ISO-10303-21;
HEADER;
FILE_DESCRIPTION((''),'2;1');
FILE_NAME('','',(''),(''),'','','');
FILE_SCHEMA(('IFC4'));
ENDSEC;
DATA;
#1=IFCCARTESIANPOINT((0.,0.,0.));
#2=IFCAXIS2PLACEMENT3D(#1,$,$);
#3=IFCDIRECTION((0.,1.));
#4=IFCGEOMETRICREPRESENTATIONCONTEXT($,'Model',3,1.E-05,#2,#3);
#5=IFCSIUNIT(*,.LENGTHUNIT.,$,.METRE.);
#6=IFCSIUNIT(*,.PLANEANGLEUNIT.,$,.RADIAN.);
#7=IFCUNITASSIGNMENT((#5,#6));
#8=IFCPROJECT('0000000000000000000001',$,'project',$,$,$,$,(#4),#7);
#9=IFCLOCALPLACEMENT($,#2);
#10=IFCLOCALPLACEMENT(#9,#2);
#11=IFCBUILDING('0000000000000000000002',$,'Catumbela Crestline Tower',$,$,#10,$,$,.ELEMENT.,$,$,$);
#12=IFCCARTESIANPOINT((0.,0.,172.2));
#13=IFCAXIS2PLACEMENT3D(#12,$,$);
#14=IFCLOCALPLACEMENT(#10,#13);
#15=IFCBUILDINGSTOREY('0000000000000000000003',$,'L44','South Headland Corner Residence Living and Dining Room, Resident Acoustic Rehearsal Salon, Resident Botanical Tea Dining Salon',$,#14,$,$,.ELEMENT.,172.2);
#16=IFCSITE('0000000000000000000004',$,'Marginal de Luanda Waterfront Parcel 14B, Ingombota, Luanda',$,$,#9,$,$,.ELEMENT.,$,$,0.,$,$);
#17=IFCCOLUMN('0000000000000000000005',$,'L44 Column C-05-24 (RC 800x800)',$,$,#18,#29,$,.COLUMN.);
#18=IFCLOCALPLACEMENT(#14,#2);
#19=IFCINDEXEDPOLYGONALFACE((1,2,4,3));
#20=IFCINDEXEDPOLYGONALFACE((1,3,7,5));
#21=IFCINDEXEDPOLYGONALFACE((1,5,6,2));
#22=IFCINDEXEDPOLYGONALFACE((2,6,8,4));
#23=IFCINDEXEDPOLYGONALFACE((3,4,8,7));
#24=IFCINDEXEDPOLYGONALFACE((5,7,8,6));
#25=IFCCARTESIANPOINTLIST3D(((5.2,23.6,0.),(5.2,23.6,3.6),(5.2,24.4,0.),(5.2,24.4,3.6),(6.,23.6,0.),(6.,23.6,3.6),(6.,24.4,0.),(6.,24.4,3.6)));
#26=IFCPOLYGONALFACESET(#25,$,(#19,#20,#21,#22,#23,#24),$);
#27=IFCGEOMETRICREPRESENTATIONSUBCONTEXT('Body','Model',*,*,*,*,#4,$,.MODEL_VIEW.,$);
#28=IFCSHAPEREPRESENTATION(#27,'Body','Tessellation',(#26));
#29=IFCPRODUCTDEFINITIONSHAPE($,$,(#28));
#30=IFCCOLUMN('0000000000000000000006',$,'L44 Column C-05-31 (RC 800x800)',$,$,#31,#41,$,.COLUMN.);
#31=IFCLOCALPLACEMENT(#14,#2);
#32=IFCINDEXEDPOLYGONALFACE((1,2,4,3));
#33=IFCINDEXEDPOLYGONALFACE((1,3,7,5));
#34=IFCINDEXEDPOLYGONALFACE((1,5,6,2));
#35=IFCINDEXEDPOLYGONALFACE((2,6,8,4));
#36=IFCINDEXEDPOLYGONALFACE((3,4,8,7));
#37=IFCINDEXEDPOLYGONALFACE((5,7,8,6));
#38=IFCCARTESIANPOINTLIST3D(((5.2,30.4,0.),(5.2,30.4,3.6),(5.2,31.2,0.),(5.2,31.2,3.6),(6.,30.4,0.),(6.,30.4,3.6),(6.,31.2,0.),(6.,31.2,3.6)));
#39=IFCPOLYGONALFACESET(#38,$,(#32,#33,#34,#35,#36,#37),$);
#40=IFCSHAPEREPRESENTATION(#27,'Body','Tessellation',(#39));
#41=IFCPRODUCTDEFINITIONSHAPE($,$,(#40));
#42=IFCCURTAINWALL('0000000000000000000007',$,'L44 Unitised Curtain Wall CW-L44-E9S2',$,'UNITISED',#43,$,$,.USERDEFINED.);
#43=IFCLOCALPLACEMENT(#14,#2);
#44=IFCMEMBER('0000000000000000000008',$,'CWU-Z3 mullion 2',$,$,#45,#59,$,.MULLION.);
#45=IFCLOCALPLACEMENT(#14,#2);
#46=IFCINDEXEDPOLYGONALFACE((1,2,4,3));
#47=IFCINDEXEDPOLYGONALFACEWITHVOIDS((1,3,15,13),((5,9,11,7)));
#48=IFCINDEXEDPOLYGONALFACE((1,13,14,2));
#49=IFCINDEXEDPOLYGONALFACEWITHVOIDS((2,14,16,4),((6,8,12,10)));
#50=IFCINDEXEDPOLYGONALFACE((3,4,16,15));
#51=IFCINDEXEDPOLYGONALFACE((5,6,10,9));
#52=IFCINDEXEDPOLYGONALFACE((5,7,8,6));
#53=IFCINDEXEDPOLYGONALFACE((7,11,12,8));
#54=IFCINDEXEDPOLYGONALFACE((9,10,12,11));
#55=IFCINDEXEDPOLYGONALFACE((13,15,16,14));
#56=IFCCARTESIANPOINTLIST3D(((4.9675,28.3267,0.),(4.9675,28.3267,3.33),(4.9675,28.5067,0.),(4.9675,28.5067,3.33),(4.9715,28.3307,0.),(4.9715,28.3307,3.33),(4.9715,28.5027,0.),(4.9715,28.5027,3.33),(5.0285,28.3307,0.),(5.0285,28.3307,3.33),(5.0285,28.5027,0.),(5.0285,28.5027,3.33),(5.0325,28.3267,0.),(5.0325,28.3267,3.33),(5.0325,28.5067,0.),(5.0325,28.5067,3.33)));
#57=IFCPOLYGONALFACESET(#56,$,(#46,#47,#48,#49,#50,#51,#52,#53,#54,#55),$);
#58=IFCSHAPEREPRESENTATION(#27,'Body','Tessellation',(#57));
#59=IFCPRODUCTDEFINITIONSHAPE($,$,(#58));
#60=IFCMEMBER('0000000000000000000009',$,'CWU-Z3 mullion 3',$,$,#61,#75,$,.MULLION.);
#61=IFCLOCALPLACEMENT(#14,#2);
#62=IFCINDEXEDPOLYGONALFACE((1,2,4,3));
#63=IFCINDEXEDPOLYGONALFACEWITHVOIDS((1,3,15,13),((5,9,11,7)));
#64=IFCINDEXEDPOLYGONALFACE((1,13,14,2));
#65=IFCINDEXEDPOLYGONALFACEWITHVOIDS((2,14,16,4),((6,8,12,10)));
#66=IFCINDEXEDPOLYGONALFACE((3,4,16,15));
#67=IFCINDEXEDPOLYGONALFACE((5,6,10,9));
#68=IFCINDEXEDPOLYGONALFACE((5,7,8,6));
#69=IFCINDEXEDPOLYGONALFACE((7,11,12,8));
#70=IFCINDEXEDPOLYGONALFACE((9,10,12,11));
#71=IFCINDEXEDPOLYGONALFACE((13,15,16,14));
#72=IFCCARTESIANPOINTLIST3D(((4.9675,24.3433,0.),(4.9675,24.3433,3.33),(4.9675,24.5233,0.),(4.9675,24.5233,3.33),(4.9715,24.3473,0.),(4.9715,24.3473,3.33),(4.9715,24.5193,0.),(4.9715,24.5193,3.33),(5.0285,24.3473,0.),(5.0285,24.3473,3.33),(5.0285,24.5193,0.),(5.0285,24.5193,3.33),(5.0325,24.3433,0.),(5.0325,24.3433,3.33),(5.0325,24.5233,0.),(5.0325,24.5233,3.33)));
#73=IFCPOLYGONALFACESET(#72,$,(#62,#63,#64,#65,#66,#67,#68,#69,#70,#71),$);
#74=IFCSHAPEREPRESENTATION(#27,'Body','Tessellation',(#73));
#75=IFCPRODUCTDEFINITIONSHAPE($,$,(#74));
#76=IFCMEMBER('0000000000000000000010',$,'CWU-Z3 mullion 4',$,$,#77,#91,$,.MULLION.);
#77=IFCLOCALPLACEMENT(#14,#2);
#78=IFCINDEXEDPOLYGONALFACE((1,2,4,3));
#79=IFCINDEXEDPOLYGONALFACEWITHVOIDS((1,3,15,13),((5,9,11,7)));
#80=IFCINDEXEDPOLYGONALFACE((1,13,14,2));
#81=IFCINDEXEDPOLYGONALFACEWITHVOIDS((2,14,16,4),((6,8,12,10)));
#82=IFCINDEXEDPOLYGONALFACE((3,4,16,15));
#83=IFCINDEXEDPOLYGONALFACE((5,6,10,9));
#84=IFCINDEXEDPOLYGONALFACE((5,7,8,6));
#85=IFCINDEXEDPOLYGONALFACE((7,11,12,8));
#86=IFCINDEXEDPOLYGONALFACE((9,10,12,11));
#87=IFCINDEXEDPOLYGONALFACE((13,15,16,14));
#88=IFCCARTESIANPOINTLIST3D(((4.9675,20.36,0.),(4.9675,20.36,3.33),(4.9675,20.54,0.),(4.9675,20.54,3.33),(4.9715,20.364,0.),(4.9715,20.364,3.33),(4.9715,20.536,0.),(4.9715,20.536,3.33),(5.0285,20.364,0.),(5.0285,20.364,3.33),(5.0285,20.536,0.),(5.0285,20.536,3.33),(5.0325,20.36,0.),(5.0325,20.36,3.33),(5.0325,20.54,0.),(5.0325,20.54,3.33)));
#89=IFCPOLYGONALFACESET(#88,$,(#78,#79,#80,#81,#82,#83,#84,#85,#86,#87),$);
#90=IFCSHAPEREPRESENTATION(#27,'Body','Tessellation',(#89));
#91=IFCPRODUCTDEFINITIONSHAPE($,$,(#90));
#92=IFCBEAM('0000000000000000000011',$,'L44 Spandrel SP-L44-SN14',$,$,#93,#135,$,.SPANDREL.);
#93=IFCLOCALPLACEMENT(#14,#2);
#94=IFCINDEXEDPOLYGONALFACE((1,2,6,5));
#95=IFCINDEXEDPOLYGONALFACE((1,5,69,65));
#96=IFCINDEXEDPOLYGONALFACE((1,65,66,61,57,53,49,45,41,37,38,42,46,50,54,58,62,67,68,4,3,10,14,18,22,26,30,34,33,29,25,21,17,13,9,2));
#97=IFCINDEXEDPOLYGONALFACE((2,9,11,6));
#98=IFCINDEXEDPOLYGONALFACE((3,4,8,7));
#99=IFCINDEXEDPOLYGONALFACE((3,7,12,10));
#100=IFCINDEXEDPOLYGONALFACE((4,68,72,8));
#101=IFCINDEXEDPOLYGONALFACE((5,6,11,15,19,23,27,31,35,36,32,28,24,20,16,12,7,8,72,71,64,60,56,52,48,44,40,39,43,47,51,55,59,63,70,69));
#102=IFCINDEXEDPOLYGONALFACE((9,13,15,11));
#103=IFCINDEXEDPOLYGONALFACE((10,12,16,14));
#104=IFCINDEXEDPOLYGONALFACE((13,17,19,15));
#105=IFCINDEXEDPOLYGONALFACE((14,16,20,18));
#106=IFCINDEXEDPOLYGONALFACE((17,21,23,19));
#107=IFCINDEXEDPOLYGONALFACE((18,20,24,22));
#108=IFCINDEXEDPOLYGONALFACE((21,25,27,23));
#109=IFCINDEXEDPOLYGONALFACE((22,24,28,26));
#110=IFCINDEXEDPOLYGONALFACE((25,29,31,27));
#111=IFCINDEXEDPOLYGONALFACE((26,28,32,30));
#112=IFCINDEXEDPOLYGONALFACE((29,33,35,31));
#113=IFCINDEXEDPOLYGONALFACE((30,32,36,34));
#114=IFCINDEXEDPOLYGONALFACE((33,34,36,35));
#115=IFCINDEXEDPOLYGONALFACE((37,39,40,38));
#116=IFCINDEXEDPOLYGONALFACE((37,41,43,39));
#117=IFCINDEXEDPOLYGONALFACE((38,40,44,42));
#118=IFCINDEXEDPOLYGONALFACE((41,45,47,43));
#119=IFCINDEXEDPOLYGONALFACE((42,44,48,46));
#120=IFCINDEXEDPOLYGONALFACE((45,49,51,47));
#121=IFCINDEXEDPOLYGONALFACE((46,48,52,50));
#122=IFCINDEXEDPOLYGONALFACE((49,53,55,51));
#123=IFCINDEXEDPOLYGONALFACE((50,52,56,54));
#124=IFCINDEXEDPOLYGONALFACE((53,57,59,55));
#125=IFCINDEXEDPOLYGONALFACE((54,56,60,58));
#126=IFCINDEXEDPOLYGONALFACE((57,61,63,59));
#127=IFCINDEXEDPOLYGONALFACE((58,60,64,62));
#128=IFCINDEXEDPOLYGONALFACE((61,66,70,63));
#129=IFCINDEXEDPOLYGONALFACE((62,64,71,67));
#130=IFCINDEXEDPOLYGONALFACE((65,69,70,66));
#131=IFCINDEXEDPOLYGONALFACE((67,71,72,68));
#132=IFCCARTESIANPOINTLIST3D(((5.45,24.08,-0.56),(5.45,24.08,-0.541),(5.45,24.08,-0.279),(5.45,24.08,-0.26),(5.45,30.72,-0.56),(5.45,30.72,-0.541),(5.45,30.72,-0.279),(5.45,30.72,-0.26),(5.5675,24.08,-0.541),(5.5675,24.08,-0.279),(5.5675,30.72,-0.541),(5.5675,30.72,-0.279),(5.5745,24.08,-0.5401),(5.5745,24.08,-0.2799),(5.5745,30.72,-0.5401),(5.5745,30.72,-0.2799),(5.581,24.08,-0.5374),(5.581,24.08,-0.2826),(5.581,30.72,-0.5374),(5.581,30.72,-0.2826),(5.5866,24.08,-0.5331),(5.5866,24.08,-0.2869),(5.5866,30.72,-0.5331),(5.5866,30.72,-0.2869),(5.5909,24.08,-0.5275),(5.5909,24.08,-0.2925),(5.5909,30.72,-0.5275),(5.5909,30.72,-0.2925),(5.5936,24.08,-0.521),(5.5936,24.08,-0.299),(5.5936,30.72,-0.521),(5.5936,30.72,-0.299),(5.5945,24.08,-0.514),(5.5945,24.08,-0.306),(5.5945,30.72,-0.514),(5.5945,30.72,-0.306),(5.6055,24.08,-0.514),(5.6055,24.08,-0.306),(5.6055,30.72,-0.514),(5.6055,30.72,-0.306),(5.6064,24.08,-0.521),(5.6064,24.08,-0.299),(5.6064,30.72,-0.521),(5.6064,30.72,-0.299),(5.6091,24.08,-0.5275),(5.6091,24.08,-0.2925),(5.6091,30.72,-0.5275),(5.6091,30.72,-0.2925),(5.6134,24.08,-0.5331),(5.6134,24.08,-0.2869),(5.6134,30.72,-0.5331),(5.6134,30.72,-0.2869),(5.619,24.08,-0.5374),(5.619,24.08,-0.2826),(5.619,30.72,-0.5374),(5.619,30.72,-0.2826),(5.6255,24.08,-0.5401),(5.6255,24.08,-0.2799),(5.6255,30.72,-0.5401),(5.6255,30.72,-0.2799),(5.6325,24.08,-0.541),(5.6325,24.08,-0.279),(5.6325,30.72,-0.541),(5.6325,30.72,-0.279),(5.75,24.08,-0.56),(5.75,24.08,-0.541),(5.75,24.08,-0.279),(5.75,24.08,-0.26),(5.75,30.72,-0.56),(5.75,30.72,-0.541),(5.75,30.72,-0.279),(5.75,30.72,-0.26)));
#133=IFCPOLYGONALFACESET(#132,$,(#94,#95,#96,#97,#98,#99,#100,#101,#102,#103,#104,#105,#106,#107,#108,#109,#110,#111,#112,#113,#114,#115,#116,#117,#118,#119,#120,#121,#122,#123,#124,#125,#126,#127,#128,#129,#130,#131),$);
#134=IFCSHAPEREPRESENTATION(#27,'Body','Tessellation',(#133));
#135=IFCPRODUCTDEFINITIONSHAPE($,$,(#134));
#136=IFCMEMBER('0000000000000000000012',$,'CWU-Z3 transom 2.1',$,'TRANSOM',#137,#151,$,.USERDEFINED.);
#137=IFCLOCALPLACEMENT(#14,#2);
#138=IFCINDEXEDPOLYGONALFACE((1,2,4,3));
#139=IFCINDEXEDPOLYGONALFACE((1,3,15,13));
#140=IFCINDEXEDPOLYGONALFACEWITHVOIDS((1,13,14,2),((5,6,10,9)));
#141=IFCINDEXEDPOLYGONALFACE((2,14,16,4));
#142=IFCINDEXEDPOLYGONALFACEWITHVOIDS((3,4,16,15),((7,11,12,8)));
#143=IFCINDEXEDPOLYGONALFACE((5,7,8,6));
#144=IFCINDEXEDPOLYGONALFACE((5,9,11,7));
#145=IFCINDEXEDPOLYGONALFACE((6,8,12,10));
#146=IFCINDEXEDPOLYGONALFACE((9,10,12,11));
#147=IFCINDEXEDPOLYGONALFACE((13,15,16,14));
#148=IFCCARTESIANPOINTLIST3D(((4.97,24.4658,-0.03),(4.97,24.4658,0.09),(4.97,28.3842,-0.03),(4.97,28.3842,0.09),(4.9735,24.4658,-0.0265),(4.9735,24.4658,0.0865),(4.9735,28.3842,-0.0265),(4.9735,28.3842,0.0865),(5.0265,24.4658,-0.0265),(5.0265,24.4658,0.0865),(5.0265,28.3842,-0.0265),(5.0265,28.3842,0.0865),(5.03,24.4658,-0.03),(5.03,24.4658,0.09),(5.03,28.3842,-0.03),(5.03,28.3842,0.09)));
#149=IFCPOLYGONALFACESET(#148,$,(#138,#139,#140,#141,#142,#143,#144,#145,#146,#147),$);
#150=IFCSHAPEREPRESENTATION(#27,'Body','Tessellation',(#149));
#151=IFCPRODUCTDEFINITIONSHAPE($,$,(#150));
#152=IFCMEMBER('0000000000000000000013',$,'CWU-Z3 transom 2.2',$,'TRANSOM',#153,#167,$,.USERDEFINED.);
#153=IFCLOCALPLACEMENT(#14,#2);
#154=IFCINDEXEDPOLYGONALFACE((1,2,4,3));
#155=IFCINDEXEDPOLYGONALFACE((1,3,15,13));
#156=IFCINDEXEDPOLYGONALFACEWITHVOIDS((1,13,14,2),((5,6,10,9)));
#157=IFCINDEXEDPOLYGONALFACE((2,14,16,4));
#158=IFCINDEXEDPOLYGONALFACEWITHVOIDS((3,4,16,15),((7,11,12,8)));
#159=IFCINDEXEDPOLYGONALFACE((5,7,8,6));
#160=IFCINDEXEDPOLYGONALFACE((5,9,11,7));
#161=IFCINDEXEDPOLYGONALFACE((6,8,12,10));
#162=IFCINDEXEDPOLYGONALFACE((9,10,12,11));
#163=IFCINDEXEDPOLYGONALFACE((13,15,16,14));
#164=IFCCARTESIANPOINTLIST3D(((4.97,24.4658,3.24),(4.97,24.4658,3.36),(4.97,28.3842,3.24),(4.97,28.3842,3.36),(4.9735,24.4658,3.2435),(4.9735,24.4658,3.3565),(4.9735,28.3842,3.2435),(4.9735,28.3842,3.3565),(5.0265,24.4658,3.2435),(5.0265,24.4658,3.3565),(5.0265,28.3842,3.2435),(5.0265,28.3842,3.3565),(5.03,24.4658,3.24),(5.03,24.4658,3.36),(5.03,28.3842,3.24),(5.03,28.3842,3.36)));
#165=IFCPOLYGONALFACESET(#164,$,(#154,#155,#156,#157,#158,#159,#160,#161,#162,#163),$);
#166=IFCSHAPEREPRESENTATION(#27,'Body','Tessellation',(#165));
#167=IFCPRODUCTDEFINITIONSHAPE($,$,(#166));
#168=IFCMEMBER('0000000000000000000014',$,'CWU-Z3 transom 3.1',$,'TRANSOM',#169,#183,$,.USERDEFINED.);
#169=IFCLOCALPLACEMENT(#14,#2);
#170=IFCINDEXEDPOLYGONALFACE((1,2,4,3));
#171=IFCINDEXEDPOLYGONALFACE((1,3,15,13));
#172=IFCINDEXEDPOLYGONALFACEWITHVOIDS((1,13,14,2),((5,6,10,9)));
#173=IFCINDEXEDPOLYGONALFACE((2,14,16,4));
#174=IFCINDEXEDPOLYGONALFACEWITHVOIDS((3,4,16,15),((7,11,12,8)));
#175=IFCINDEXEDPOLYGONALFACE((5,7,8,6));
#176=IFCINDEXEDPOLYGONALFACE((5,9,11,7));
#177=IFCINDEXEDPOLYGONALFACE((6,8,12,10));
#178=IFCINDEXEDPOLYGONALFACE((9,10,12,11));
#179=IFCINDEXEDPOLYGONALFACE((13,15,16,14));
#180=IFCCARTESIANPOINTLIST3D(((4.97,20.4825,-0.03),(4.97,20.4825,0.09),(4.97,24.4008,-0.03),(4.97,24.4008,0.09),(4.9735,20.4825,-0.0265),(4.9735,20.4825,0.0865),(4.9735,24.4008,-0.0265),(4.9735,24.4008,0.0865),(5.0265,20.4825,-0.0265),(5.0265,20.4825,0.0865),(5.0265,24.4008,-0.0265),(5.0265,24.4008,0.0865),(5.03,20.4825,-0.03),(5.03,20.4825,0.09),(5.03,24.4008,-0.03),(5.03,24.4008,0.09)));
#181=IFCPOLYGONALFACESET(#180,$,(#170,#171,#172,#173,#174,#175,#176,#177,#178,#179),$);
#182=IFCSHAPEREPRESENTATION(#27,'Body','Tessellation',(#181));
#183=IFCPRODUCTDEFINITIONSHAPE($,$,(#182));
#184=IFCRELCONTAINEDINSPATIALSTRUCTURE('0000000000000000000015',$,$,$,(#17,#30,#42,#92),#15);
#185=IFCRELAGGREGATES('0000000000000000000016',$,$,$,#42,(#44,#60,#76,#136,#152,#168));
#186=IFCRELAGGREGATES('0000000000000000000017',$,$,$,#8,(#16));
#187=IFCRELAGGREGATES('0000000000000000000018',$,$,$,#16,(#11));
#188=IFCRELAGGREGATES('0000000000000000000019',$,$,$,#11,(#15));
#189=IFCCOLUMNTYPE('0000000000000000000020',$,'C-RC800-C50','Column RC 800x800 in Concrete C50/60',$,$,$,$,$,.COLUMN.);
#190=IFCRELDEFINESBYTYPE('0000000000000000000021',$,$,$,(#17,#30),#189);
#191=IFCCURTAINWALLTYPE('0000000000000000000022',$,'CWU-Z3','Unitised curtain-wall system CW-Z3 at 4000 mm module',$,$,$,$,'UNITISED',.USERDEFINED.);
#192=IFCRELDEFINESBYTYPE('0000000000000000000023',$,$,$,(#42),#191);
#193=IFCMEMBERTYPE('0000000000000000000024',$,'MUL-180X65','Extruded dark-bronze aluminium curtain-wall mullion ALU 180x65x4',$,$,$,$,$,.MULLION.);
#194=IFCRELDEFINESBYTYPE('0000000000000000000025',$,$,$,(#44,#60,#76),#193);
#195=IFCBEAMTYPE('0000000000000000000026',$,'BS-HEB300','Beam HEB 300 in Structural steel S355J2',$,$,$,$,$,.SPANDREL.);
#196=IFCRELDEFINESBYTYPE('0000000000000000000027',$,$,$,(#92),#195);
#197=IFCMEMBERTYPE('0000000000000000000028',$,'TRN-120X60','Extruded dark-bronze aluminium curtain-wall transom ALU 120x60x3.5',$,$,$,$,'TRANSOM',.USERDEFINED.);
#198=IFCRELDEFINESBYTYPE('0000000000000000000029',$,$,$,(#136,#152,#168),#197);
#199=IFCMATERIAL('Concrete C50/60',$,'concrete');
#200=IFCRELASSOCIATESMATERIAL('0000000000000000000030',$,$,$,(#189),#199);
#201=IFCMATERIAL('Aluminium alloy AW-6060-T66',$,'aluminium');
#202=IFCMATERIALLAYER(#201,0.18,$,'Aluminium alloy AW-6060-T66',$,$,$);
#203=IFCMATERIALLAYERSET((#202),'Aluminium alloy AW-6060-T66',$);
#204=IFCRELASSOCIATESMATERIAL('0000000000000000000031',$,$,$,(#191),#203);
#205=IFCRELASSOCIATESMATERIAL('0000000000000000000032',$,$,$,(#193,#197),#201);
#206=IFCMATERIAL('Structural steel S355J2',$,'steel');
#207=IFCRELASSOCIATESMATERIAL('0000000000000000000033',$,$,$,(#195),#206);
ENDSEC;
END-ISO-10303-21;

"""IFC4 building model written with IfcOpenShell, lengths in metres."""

from ifc_helpers import new_model, si_unit, direction, frame, origin, origin_2d, place, context, subcontext, project, spatial, rectangle, hollow_rectangle, i_section, extrude, material, layer, layer_set, material_profile, profile_set, type_object, element, aggregate, save


model = new_model("IFC4")

# Units and contexts
model_context = context("Model", 3, precision=1e-05, world=origin(), true_north=direction((0.0, 1.0)))
body_context = subcontext(model_context, "Body", "Model", "MODEL_VIEW")
ifc_project = project(units=[si_unit("LENGTHUNIT", "METRE"), si_unit("PLANEANGLEUNIT", "RADIAN")], contexts=[model_context])

# Site, building, storey
site_placement = place(None, origin())
site = spatial("IfcSite", under=ifc_project, at=site_placement, Name="Marginal de Luanda Waterfront Parcel 14B, Ingombota, Luanda", CompositionType="ELEMENT", RefElevation=0.0)
building_placement = place(site_placement, origin())
building = spatial("IfcBuilding", under=site, at=building_placement, Name="Catumbela Crestline Tower", CompositionType="ELEMENT")
storey_placement = place(building_placement, frame((0.0, 0.0, 172.2)))
storey = spatial("IfcBuildingStorey", under=building, at=storey_placement, Name="L44", Description="South Headland Corner Residence Living and Dining Room, Resident Acoustic Rehearsal Salon, Resident Botanical Tea Dining Salon", CompositionType="ELEMENT", Elevation=172.2)

# Columns
ifc_material_1 = material(Name="Concrete C50/60", Category="concrete")
ifc_material_profile_1 = material_profile(ifc_material_1, rectangle(XDim=0.8, YDim=0.8, at=origin_2d()), Name="RC 800x800")
ifc_profile_set_1 = profile_set([ifc_material_profile_1], Name="Concrete C50/60")
column_type = type_object("IfcColumnType", Name="C-RC800-C50", Description="Column RC 800x800 in Concrete C50/60", PredefinedType="COLUMN", material=ifc_profile_set_1)
for number, where, z_axis, x_axis, name in (
    (1, (5.6, 24.0, 0.0), (0.0, 0.0, 1.0), (1.0, 0.0, 0.0), "L44 Column C-05-24 (RC 800x800)"),
    (2, (5.6, 30.8, 0.0), (0.0, 0.0, 1.0), (1.0, 0.0, 0.0), "L44 Column C-05-31 (RC 800x800)"),
):
    element("IfcColumn", number, at=place(storey_placement, frame(where, z_axis=z_axis, x_axis=x_axis)), inside=storey, type_object=column_type, Name=name, PredefinedType="COLUMN", context=body_context, shape_type="SweptSolid", body=[
        extrude(rectangle(XDim=0.8, YDim=0.8, at=origin_2d()), origin(), (0.0, 0.0, 1.0), 3.6),
    ])

# Curtain wall, members
ifc_material_2 = material(Name="Aluminium alloy AW-6060-T66", Category="aluminium")
ifc_layer_1 = layer(ifc_material_2, 0.18, Name="Aluminium alloy AW-6060-T66")
ifc_layer_set_1 = layer_set([ifc_layer_1], Name="Aluminium alloy AW-6060-T66")
curtain_wall_type = type_object("IfcCurtainWallType", Name="CWU-Z3", Description="Unitised curtain-wall system CW-Z3 at 4000 mm module", ElementType="UNITISED", PredefinedType="USERDEFINED", material=ifc_layer_set_1)
curtain_wall_placement = place(storey_placement, origin())
curtain_wall = element("IfcCurtainWall", 3, at=curtain_wall_placement, inside=storey, type_object=curtain_wall_type, Name="L44 Unitised Curtain Wall CW-L44-E9S2", ObjectType="UNITISED", PredefinedType="USERDEFINED")
ifc_material_profile_2 = material_profile(ifc_material_2, hollow_rectangle(XDim=0.065, YDim=0.18, WallThickness=0.004, at=origin_2d()), Name="ALU 180x65x4")
ifc_profile_set_2 = profile_set([ifc_material_profile_2], Name="Aluminium alloy AW-6060-T66")
member_type_1 = type_object("IfcMemberType", Name="MUL-180X65", Description="Extruded dark-bronze aluminium curtain-wall mullion ALU 180x65x4", PredefinedType="MULLION", material=ifc_profile_set_2)
member_1_placement = place(storey_placement, frame((5.0, 28.4167, 0.0), z_axis=(0.0, 0.0, 1.0), x_axis=(1.0, 0.0, 0.0)))
member_1 = element("IfcMember", 4, at=member_1_placement, type_object=member_type_1, Name="CWU-Z3 mullion 2", PredefinedType="MULLION", context=body_context, shape_type="SweptSolid", body=[
    extrude(hollow_rectangle(XDim=0.065, YDim=0.18, WallThickness=0.004, at=origin_2d()), origin(), (0.0, 0.0, 1.0), 3.33),
])
member_2_placement = place(storey_placement, frame((5.0, 24.4333, 0.0), z_axis=(0.0, 0.0, 1.0), x_axis=(1.0, 0.0, 0.0)))
member_2 = element("IfcMember", 5, at=member_2_placement, type_object=member_type_1, Name="CWU-Z3 mullion 3", PredefinedType="MULLION", context=body_context, shape_type="SweptSolid", body=[
    extrude(hollow_rectangle(XDim=0.065, YDim=0.18, WallThickness=0.004, at=origin_2d()), origin(), (0.0, 0.0, 1.0), 3.33),
])
member_3_placement = place(storey_placement, frame((5.0, 20.45, 0.0), z_axis=(0.0, 0.0, 1.0), x_axis=(1.0, 0.0, 0.0)))
member_3 = element("IfcMember", 6, at=member_3_placement, type_object=member_type_1, Name="CWU-Z3 mullion 4", PredefinedType="MULLION", context=body_context, shape_type="SweptSolid", body=[
    extrude(hollow_rectangle(XDim=0.065, YDim=0.18, WallThickness=0.004, at=origin_2d()), origin(), (0.0, 0.0, 1.0), 3.33),
])

# Beam
ifc_material_3 = material(Name="Structural steel S355J2", Category="steel")
ifc_material_profile_3 = material_profile(ifc_material_3, i_section(OverallWidth=0.3, OverallDepth=0.3, WebThickness=0.011, FlangeThickness=0.019, FilletRadius=0.027, at=origin_2d()), Name="HEB 300")
ifc_profile_set_3 = profile_set([ifc_material_profile_3], Name="Structural steel S355J2")
beam_type = type_object("IfcBeamType", Name="BS-HEB300", Description="Beam HEB 300 in Structural steel S355J2", PredefinedType="SPANDREL", material=ifc_profile_set_3)
beam_placement = place(storey_placement, frame((5.6, 24.08, -0.41), z_axis=(0.0, 1.0, 0.0), x_axis=(-1.0, 0.0, 0.0)))
element("IfcBeam", 7, at=beam_placement, inside=storey, type_object=beam_type, Name="L44 Spandrel SP-L44-SN14", PredefinedType="SPANDREL", context=body_context, shape_type="SweptSolid", body=[
    extrude(i_section(OverallWidth=0.3, OverallDepth=0.3, WebThickness=0.011, FlangeThickness=0.019, FilletRadius=0.027, at=origin_2d()), origin(), (0.0, 0.0, 1.0), 6.64),
])

# Members
ifc_material_profile_4 = material_profile(ifc_material_2, hollow_rectangle(XDim=0.06, YDim=0.12, WallThickness=0.0035, at=origin_2d()), Name="ALU 120x60x3.5")
ifc_profile_set_4 = profile_set([ifc_material_profile_4], Name="Aluminium alloy AW-6060-T66")
member_type_2 = type_object("IfcMemberType", Name="TRN-120X60", Description="Extruded dark-bronze aluminium curtain-wall transom ALU 120x60x3.5", ElementType="TRANSOM", PredefinedType="USERDEFINED", material=ifc_profile_set_4)
member_4_placement = place(storey_placement, frame((5.0, 28.3842, 0.03), z_axis=(0.0, -1.0, 0.0), x_axis=(1.0, 0.0, 0.0)))
member_4 = element("IfcMember", 8, at=member_4_placement, type_object=member_type_2, Name="CWU-Z3 transom 2.1", ObjectType="TRANSOM", PredefinedType="USERDEFINED", context=body_context, shape_type="SweptSolid", body=[
    extrude(hollow_rectangle(XDim=0.06, YDim=0.12, WallThickness=0.0035, at=origin_2d()), origin(), (0.0, 0.0, 1.0), 3.9184),
])
member_5_placement = place(storey_placement, frame((5.0, 28.3842, 3.3), z_axis=(0.0, -1.0, 0.0), x_axis=(1.0, 0.0, 0.0)))
member_5 = element("IfcMember", 9, at=member_5_placement, type_object=member_type_2, Name="CWU-Z3 transom 2.2", ObjectType="TRANSOM", PredefinedType="USERDEFINED", context=body_context, shape_type="SweptSolid", body=[
    extrude(hollow_rectangle(XDim=0.06, YDim=0.12, WallThickness=0.0035, at=origin_2d()), origin(), (0.0, 0.0, 1.0), 3.9184),
])
member_6_placement = place(storey_placement, frame((5.0, 24.4008, 0.03), z_axis=(0.0, -1.0, 0.0), x_axis=(1.0, 0.0, 0.0)))
member_6 = element("IfcMember", 10, at=member_6_placement, type_object=member_type_2, Name="CWU-Z3 transom 3.1", ObjectType="TRANSOM", PredefinedType="USERDEFINED", context=body_context, shape_type="SweptSolid", body=[
    extrude(hollow_rectangle(XDim=0.06, YDim=0.12, WallThickness=0.0035, at=origin_2d()), origin(), (0.0, 0.0, 1.0), 3.9183),
])

aggregate(curtain_wall, [member_1, member_2, member_3, member_4, member_5, member_6])

save(model, "model.ifc")
